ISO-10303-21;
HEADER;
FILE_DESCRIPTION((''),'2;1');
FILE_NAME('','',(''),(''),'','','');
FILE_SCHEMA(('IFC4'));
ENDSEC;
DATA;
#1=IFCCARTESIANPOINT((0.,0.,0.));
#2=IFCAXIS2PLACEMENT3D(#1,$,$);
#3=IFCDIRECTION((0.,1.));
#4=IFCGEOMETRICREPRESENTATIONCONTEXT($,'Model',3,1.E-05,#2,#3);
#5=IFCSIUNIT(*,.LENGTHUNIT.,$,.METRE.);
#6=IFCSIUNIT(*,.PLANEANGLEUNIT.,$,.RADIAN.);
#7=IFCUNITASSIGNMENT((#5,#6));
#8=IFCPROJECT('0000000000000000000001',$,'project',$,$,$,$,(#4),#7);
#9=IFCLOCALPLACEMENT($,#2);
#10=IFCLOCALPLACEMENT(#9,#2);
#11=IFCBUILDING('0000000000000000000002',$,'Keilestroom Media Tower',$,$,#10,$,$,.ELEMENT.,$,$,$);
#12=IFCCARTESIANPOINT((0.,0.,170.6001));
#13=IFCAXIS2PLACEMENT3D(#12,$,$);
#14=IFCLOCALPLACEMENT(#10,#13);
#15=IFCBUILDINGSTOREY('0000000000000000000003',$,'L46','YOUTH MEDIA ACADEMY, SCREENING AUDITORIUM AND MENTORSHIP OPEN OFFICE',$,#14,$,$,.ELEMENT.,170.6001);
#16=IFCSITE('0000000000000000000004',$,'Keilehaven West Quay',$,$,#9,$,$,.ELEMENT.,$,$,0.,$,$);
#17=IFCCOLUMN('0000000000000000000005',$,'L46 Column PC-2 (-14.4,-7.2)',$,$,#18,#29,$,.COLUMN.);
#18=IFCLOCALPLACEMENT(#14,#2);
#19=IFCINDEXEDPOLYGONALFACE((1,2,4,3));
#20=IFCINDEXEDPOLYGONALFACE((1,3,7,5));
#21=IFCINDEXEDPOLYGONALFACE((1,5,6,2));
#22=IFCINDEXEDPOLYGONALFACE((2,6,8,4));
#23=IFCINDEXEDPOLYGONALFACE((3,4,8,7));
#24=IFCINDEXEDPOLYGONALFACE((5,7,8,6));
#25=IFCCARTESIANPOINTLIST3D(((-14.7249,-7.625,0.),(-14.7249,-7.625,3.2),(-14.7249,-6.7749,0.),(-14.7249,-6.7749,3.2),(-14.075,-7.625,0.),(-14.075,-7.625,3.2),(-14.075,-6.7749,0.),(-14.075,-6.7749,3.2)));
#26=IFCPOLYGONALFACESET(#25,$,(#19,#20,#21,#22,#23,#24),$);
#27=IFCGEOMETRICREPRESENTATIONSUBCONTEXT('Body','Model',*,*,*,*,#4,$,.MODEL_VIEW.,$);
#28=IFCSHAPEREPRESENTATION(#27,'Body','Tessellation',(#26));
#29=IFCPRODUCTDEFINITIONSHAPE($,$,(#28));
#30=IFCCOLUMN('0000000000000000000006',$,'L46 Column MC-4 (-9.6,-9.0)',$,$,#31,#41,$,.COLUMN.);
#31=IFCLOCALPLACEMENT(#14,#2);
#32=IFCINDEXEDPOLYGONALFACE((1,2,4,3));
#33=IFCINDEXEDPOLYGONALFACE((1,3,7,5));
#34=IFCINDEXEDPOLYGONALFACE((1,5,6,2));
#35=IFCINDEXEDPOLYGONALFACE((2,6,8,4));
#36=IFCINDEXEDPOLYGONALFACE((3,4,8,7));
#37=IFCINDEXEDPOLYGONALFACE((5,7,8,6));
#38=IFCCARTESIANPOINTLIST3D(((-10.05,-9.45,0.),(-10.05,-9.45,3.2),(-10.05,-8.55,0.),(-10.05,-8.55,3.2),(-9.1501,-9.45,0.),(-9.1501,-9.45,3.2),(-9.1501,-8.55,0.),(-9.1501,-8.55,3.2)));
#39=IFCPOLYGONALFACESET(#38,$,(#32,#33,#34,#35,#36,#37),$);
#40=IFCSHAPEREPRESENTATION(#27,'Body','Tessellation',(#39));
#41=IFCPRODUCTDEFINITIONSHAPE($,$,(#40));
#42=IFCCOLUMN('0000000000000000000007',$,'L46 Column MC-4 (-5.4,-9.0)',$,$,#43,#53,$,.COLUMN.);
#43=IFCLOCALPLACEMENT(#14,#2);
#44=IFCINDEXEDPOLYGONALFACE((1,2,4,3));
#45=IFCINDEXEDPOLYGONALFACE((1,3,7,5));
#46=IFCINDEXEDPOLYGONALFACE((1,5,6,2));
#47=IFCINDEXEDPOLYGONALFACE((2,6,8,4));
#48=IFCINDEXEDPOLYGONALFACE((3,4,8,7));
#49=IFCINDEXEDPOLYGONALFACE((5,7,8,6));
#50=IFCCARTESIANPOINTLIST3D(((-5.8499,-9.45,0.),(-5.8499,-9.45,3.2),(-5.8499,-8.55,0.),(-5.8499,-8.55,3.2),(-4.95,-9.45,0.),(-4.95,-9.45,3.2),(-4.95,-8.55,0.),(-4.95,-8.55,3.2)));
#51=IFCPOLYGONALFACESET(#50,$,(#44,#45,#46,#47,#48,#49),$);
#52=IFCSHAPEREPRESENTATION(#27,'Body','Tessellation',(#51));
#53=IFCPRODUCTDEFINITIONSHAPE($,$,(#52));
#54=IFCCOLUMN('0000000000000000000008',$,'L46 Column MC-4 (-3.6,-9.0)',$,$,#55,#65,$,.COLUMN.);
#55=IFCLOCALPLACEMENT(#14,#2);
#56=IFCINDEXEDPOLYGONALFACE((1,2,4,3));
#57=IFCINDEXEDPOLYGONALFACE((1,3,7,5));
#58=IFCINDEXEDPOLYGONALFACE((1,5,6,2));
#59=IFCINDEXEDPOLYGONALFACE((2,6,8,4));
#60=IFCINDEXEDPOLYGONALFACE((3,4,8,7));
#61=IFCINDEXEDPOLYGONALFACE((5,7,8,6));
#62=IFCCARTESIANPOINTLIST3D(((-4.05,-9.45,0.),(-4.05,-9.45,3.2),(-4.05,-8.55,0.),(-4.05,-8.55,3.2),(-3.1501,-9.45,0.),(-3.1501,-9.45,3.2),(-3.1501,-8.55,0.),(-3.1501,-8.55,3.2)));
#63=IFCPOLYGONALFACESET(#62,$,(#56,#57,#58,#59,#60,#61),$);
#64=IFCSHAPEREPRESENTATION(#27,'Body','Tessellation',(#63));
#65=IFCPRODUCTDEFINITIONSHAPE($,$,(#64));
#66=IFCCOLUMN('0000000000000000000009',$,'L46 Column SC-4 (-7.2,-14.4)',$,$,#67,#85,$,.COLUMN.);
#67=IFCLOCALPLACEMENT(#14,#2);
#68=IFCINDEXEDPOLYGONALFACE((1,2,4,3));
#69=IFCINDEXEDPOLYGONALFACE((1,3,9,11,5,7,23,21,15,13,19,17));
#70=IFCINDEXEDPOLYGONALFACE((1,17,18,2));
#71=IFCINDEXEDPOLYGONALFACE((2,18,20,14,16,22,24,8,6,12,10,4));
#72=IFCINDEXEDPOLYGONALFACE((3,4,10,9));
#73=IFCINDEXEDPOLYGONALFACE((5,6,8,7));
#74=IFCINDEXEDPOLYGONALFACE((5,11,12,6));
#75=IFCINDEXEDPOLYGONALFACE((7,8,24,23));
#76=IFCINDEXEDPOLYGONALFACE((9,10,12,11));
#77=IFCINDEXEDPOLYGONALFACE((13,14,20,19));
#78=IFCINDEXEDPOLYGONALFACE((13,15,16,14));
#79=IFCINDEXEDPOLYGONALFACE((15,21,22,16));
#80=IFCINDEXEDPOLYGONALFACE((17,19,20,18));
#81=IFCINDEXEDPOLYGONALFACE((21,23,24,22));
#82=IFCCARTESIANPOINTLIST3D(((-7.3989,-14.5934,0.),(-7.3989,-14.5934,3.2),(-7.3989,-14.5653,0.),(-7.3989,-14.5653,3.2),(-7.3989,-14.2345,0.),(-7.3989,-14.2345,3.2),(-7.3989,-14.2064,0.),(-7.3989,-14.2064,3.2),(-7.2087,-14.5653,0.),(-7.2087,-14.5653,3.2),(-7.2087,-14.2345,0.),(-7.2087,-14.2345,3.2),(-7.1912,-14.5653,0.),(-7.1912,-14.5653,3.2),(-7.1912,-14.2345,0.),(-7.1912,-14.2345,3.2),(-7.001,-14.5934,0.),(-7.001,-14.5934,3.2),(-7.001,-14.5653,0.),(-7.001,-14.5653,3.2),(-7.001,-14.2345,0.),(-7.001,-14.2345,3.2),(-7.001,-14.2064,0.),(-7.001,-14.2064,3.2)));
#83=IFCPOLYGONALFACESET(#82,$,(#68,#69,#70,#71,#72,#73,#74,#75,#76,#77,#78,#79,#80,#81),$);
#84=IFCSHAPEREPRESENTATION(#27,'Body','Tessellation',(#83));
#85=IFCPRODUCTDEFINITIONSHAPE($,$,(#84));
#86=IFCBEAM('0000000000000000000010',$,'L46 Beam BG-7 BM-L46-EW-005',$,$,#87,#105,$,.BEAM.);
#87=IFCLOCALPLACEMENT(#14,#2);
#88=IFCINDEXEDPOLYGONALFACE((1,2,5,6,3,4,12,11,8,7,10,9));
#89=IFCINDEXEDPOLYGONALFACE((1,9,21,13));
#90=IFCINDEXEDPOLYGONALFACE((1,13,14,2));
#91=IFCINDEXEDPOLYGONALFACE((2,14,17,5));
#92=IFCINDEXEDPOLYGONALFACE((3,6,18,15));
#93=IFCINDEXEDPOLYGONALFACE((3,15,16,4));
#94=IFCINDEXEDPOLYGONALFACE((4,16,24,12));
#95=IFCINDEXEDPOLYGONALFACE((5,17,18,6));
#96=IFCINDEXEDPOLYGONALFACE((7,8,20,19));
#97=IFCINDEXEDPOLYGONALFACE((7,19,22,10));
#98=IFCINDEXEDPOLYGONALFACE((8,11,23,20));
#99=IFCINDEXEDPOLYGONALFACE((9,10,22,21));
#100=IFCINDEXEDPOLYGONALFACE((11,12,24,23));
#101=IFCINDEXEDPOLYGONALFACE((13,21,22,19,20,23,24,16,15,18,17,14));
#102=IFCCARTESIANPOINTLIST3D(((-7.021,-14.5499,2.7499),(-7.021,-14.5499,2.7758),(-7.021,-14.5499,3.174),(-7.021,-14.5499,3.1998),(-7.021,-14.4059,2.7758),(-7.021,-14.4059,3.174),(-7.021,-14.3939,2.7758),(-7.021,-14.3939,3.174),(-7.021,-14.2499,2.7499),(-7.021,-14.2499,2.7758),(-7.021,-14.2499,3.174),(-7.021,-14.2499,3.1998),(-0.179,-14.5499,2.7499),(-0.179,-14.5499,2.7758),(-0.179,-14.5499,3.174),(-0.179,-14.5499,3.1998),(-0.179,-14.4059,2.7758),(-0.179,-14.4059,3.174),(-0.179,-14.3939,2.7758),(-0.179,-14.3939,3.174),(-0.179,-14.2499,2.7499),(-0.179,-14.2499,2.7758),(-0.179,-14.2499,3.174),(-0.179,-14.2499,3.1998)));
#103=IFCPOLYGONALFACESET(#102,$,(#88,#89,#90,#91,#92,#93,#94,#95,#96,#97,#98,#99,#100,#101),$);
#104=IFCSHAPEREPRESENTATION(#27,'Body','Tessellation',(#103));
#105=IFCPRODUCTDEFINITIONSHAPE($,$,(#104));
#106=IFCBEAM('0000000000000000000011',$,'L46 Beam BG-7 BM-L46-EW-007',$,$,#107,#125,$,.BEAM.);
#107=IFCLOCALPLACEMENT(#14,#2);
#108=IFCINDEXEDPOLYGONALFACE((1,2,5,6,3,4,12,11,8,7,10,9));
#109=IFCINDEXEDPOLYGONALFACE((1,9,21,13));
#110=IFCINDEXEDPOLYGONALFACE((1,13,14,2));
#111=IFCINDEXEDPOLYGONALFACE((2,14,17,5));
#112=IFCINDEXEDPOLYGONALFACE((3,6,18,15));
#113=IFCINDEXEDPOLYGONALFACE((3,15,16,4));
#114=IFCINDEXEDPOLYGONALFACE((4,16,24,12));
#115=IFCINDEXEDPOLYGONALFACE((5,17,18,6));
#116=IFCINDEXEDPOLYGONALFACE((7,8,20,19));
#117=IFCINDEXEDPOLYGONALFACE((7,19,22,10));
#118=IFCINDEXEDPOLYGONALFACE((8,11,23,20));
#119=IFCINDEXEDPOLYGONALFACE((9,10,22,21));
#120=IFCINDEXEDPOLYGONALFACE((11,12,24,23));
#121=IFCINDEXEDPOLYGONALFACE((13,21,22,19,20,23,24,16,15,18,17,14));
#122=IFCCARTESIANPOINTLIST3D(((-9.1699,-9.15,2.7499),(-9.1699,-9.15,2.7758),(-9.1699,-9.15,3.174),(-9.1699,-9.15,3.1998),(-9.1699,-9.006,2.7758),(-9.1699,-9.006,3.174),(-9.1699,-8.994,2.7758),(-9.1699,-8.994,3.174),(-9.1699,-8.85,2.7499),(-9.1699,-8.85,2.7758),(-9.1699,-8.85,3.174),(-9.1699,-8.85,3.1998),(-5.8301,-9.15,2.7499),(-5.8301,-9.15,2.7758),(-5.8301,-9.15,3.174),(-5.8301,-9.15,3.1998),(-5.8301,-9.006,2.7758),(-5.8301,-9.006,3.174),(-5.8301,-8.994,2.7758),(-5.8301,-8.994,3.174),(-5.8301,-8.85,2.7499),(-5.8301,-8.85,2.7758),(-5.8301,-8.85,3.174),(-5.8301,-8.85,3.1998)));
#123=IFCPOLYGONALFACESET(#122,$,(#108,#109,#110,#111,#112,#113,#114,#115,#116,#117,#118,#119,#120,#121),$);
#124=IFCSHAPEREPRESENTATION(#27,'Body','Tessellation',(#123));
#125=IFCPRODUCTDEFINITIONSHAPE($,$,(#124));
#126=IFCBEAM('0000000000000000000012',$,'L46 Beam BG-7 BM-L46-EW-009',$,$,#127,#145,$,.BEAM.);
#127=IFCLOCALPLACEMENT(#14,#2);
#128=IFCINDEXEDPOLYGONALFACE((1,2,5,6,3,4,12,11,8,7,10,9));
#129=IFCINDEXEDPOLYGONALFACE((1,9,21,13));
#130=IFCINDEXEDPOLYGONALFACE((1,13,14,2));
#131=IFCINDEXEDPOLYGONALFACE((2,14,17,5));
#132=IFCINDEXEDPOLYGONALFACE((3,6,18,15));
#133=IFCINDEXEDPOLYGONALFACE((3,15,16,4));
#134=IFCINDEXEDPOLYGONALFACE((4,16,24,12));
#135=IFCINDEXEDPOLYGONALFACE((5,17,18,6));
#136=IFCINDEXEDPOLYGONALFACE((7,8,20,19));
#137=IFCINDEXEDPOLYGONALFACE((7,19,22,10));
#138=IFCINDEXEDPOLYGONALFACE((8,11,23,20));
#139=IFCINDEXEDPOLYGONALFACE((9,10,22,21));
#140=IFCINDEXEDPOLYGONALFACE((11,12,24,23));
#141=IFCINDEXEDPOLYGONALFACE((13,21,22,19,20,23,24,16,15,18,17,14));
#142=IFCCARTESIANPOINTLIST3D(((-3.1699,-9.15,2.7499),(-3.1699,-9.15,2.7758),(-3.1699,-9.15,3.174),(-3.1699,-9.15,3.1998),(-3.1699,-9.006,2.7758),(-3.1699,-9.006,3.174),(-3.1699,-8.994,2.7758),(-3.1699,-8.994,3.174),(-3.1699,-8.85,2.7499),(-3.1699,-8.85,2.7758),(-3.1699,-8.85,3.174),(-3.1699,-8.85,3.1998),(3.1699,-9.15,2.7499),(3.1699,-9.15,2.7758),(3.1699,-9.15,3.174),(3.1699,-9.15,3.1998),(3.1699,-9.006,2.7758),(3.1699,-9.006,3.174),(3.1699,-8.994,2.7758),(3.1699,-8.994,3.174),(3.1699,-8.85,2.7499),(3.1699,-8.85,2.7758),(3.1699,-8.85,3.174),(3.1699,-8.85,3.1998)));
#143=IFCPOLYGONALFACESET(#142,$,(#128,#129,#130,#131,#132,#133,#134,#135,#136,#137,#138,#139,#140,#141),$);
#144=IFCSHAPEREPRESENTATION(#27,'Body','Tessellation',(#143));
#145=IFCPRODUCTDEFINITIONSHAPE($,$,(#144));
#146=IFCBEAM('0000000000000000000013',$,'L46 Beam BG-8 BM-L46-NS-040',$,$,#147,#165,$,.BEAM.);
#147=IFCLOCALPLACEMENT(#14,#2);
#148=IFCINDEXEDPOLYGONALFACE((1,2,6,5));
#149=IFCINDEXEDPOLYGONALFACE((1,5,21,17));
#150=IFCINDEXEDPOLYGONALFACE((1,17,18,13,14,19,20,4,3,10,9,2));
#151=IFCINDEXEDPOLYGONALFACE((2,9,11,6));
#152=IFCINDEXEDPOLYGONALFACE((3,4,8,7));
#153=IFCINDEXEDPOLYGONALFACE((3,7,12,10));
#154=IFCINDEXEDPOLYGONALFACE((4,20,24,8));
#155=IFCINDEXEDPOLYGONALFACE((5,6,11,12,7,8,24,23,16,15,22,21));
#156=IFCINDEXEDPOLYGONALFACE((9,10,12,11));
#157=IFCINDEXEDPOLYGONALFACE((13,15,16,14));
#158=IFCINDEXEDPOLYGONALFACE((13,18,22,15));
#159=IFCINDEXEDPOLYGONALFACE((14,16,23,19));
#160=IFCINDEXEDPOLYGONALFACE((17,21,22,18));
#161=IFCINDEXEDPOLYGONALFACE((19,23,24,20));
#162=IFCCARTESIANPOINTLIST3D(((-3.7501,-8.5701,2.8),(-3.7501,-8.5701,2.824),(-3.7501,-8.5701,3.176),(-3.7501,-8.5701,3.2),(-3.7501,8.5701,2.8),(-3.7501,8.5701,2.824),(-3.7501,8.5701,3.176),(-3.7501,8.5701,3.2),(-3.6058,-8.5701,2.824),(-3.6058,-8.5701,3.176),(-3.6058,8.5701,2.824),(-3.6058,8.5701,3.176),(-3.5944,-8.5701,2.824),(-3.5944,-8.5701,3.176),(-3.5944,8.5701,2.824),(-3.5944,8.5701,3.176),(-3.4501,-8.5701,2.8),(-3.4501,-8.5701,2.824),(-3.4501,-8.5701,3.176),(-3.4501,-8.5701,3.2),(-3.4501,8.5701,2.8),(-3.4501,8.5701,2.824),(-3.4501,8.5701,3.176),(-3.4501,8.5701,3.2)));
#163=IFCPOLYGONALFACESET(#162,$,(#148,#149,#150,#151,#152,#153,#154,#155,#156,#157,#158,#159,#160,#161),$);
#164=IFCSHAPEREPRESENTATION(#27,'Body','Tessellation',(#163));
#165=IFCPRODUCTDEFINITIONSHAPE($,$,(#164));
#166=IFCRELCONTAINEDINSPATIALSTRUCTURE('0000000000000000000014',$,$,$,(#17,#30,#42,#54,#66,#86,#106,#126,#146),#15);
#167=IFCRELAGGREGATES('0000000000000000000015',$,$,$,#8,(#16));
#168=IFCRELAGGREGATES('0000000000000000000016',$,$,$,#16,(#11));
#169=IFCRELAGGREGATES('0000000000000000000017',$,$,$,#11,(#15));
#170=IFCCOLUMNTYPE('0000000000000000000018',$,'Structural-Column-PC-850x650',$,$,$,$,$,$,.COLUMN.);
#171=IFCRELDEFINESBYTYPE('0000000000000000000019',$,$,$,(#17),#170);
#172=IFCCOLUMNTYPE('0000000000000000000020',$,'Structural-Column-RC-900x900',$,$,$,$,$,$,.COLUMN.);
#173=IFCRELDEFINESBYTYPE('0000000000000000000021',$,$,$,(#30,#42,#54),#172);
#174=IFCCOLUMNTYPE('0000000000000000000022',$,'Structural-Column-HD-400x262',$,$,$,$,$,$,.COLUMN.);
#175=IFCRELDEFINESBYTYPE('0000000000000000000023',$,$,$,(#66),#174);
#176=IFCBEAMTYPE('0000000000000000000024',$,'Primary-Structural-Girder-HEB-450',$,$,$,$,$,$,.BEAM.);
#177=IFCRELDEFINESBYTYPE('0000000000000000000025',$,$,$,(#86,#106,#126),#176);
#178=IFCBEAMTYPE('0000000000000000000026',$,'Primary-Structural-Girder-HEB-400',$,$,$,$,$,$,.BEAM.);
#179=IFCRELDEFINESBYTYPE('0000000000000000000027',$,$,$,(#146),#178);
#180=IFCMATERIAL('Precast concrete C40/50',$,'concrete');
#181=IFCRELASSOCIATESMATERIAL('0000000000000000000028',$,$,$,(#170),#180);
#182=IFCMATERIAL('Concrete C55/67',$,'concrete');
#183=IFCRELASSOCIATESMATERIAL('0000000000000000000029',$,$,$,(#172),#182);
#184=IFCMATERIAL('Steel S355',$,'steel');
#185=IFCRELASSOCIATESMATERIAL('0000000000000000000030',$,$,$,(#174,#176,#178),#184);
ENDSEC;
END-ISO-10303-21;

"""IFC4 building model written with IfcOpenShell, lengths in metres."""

from ifc_helpers import new_model, si_unit, direction, frame, origin, origin_2d, place, context, subcontext, project, spatial, rectangle, i_section, extrude, source, transform, mapped, material, material_profile, profile_set, type_object, element, save


model = new_model("IFC4")

# Units and contexts
model_context = context("Model", 3, precision=1e-05, world=origin(), true_north=direction((0.0, 1.0)))
body_context = subcontext(model_context, "Body", "Model", "MODEL_VIEW")
ifc_project = project(units=[si_unit("LENGTHUNIT", "METRE"), si_unit("PLANEANGLEUNIT", "RADIAN")], contexts=[model_context])

# Site, building, storey
site_placement = place(None, origin())
site = spatial("IfcSite", under=ifc_project, at=site_placement, Name="Keilehaven West Quay", CompositionType="ELEMENT", RefElevation=0.0)
building_placement = place(site_placement, origin())
building = spatial("IfcBuilding", under=site, at=building_placement, Name="Keilestroom Media Tower", CompositionType="ELEMENT")
storey_placement = place(building_placement, frame((0.0, 0.0, 170.6001)))
storey = spatial("IfcBuildingStorey", under=building, at=storey_placement, Name="L46", Description="YOUTH MEDIA ACADEMY, SCREENING AUDITORIUM AND MENTORSHIP OPEN OFFICE", CompositionType="ELEMENT", Elevation=170.6001)

# Columns
ifc_material_1 = material(Name="Precast concrete C40/50", Category="concrete")
ifc_material_profile_1 = material_profile(ifc_material_1, rectangle(XDim=0.6499, YDim=0.8501, at=origin_2d()), Name="PC 850x650")
ifc_profile_set_1 = profile_set([ifc_material_profile_1], Name="Precast concrete C40/50")
column_type_1 = type_object("IfcColumnType", Name="Structural-Column-PC-850x650", PredefinedType="COLUMN", material=ifc_profile_set_1)
shared_shape_1 = source(origin(), body_context, "Body", "SweptSolid", [
    extrude(rectangle(XDim=0.6499, YDim=0.8501, at=origin_2d()), origin(), (0.0, 0.0, 1.0), 3.2),
])
column_1_placement = place(storey_placement, frame((-14.3999, -7.2, 0.0), z_axis=(0.0, 0.0, 1.0), x_axis=(1.0, 0.0, 0.0)))
element("IfcColumn", 1, at=column_1_placement, inside=storey, type_object=column_type_1, Name="L46 Column PC-2 (-14.4,-7.2)", PredefinedType="COLUMN", context=body_context, shape_type="MappedRepresentation", body=[
    mapped(shared_shape_1, transform((0.0, 0.0, 0.0), x_axis=(1.0, 0.0, 0.0), y_axis=(0.0, 1.0, 0.0), z_axis=(0.0, 0.0, 1.0), scale=1.0)),
])
ifc_material_2 = material(Name="Concrete C55/67", Category="concrete")
ifc_material_profile_2 = material_profile(ifc_material_2, rectangle(XDim=0.8999, YDim=0.8999, at=origin_2d()), Name="RC 900x900")
ifc_profile_set_2 = profile_set([ifc_material_profile_2], Name="Concrete C55/67")
column_type_2 = type_object("IfcColumnType", Name="Structural-Column-RC-900x900", PredefinedType="COLUMN", material=ifc_profile_set_2)
shared_shape_2 = source(origin(), body_context, "Body", "SweptSolid", [
    extrude(rectangle(XDim=0.8999, YDim=0.8999, at=origin_2d()), origin(), (0.0, 0.0, 1.0), 3.2),
])
for number, where, z_axis, x_axis, name in (
    (2, (-9.6001, -9.0, 0.0), (0.0, 0.0, 1.0), (1.0, 0.0, 0.0), "L46 Column MC-4 (-9.6,-9.0)"),
    (3, (-5.3999, -9.0, 0.0), (0.0, 0.0, 1.0), (1.0, 0.0, 0.0), "L46 Column MC-4 (-5.4,-9.0)"),
    (4, (-3.6001, -9.0, 0.0), (0.0, 0.0, 1.0), (1.0, 0.0, 0.0), "L46 Column MC-4 (-3.6,-9.0)"),
):
    element("IfcColumn", number, at=place(storey_placement, frame(where, z_axis=z_axis, x_axis=x_axis)), inside=storey, type_object=column_type_2, Name=name, PredefinedType="COLUMN", context=body_context, shape_type="MappedRepresentation", body=[
        mapped(shared_shape_2, transform((0.0, 0.0, 0.0), x_axis=(1.0, 0.0, 0.0), y_axis=(0.0, 1.0, 0.0), z_axis=(0.0, 0.0, 1.0), scale=1.0)),
    ])
ifc_material_3 = material(Name="Steel S355", Category="steel")
ifc_material_profile_3 = material_profile(ifc_material_3, i_section(OverallWidth=0.3979, OverallDepth=0.387, WebThickness=0.0176, FlangeThickness=0.0281, at=origin_2d()), Name="HD 400x262")
ifc_profile_set_3 = profile_set([ifc_material_profile_3], Name="Steel S355")
column_type_3 = type_object("IfcColumnType", Name="Structural-Column-HD-400x262", PredefinedType="COLUMN", material=ifc_profile_set_3)
shared_shape_3 = source(origin(), body_context, "Body", "SweptSolid", [
    extrude(i_section(OverallWidth=0.3979, OverallDepth=0.387, WebThickness=0.0176, FlangeThickness=0.0281, at=origin_2d()), origin(), (0.0, 0.0, 1.0), 3.2),
])
column_2_placement = place(storey_placement, frame((-7.2, -14.3999, 0.0), z_axis=(0.0, 0.0, 1.0), x_axis=(1.0, 0.0, 0.0)))
element("IfcColumn", 5, at=column_2_placement, inside=storey, type_object=column_type_3, Name="L46 Column SC-4 (-7.2,-14.4)", PredefinedType="COLUMN", context=body_context, shape_type="MappedRepresentation", body=[
    mapped(shared_shape_3, transform((0.0, 0.0, 0.0), x_axis=(1.0, 0.0, 0.0), y_axis=(0.0, 1.0, 0.0), z_axis=(0.0, 0.0, 1.0), scale=1.0)),
])

# Beams
ifc_material_profile_4 = material_profile(ifc_material_3, i_section(OverallWidth=0.3, OverallDepth=0.45, WebThickness=0.012, FlangeThickness=0.0259, at=origin_2d()), Name="HEB 450")
ifc_profile_set_4 = profile_set([ifc_material_profile_4], Name="Steel S355")
beam_type_1 = type_object("IfcBeamType", Name="Primary-Structural-Girder-HEB-450", PredefinedType="BEAM", material=ifc_profile_set_4)
shared_shape_4 = source(origin(), body_context, "Body", "SweptSolid", [
    extrude(i_section(OverallWidth=0.3, OverallDepth=0.45, WebThickness=0.012, FlangeThickness=0.0259, at=origin_2d()), origin(), (0.0, 0.0, 1.0), 6.842),
])
beam_1_placement = place(storey_placement, frame((-7.021, -14.3999, 2.9749), z_axis=(1.0, 0.0, 0.0), x_axis=(0.0, 1.0, 0.0)))
element("IfcBeam", 6, at=beam_1_placement, inside=storey, type_object=beam_type_1, Name="L46 Beam BG-7 BM-L46-EW-005", PredefinedType="BEAM", context=body_context, shape_type="MappedRepresentation", body=[
    mapped(shared_shape_4, transform((0.0, 0.0, 0.0), x_axis=(1.0, 0.0, 0.0), y_axis=(0.0, 1.0, 0.0), z_axis=(0.0, 0.0, 1.0), scale=1.0)),
])
shared_shape_5 = source(origin(), body_context, "Body", "SweptSolid", [
    extrude(i_section(OverallWidth=0.3, OverallDepth=0.45, WebThickness=0.012, FlangeThickness=0.0259, at=origin_2d()), origin(), (0.0, 0.0, 1.0), 3.3398),
])
beam_2_placement = place(storey_placement, frame((-9.1699, -9.0, 2.9749), z_axis=(1.0, 0.0, 0.0), x_axis=(0.0, 1.0, 0.0)))
element("IfcBeam", 7, at=beam_2_placement, inside=storey, type_object=beam_type_1, Name="L46 Beam BG-7 BM-L46-EW-007", PredefinedType="BEAM", context=body_context, shape_type="MappedRepresentation", body=[
    mapped(shared_shape_5, transform((0.0, 0.0, 0.0), x_axis=(1.0, 0.0, 0.0), y_axis=(0.0, 1.0, 0.0), z_axis=(0.0, 0.0, 1.0), scale=1.0)),
])
shared_shape_6 = source(origin(), body_context, "Body", "SweptSolid", [
    extrude(i_section(OverallWidth=0.3, OverallDepth=0.45, WebThickness=0.012, FlangeThickness=0.0259, at=origin_2d()), origin(), (0.0, 0.0, 1.0), 6.3398),
])
beam_3_placement = place(storey_placement, frame((-3.1699, -9.0, 2.9749), z_axis=(1.0, 0.0, 0.0), x_axis=(0.0, 1.0, 0.0)))
element("IfcBeam", 8, at=beam_3_placement, inside=storey, type_object=beam_type_1, Name="L46 Beam BG-7 BM-L46-EW-009", PredefinedType="BEAM", context=body_context, shape_type="MappedRepresentation", body=[
    mapped(shared_shape_6, transform((0.0, 0.0, 0.0), x_axis=(1.0, 0.0, 0.0), y_axis=(0.0, 1.0, 0.0), z_axis=(0.0, 0.0, 1.0), scale=1.0)),
])
ifc_material_profile_5 = material_profile(ifc_material_3, i_section(OverallWidth=0.3, OverallDepth=0.3999, WebThickness=0.0115, FlangeThickness=0.0239, at=origin_2d()), Name="HEB 400")
ifc_profile_set_5 = profile_set([ifc_material_profile_5], Name="Steel S355")
beam_type_2 = type_object("IfcBeamType", Name="Primary-Structural-Girder-HEB-400", PredefinedType="BEAM", material=ifc_profile_set_5)
shared_shape_7 = source(origin(), body_context, "Body", "SweptSolid", [
    extrude(i_section(OverallWidth=0.3, OverallDepth=0.3999, WebThickness=0.0115, FlangeThickness=0.0239, at=origin_2d()), origin(), (0.0, 0.0, 1.0), 17.1401),
])
beam_4_placement = place(storey_placement, frame((-3.6001, -8.5701, 3.0), z_axis=(0.0, 1.0, 0.0), x_axis=(-1.0, 0.0, 0.0)))
element("IfcBeam", 9, at=beam_4_placement, inside=storey, type_object=beam_type_2, Name="L46 Beam BG-8 BM-L46-NS-040", PredefinedType="BEAM", context=body_context, shape_type="MappedRepresentation", body=[
    mapped(shared_shape_7, transform((0.0, 0.0, 0.0), x_axis=(1.0, 0.0, 0.0), y_axis=(0.0, 1.0, 0.0), z_axis=(0.0, 0.0, 1.0), scale=1.0)),
])

save(model, "model.ifc")
